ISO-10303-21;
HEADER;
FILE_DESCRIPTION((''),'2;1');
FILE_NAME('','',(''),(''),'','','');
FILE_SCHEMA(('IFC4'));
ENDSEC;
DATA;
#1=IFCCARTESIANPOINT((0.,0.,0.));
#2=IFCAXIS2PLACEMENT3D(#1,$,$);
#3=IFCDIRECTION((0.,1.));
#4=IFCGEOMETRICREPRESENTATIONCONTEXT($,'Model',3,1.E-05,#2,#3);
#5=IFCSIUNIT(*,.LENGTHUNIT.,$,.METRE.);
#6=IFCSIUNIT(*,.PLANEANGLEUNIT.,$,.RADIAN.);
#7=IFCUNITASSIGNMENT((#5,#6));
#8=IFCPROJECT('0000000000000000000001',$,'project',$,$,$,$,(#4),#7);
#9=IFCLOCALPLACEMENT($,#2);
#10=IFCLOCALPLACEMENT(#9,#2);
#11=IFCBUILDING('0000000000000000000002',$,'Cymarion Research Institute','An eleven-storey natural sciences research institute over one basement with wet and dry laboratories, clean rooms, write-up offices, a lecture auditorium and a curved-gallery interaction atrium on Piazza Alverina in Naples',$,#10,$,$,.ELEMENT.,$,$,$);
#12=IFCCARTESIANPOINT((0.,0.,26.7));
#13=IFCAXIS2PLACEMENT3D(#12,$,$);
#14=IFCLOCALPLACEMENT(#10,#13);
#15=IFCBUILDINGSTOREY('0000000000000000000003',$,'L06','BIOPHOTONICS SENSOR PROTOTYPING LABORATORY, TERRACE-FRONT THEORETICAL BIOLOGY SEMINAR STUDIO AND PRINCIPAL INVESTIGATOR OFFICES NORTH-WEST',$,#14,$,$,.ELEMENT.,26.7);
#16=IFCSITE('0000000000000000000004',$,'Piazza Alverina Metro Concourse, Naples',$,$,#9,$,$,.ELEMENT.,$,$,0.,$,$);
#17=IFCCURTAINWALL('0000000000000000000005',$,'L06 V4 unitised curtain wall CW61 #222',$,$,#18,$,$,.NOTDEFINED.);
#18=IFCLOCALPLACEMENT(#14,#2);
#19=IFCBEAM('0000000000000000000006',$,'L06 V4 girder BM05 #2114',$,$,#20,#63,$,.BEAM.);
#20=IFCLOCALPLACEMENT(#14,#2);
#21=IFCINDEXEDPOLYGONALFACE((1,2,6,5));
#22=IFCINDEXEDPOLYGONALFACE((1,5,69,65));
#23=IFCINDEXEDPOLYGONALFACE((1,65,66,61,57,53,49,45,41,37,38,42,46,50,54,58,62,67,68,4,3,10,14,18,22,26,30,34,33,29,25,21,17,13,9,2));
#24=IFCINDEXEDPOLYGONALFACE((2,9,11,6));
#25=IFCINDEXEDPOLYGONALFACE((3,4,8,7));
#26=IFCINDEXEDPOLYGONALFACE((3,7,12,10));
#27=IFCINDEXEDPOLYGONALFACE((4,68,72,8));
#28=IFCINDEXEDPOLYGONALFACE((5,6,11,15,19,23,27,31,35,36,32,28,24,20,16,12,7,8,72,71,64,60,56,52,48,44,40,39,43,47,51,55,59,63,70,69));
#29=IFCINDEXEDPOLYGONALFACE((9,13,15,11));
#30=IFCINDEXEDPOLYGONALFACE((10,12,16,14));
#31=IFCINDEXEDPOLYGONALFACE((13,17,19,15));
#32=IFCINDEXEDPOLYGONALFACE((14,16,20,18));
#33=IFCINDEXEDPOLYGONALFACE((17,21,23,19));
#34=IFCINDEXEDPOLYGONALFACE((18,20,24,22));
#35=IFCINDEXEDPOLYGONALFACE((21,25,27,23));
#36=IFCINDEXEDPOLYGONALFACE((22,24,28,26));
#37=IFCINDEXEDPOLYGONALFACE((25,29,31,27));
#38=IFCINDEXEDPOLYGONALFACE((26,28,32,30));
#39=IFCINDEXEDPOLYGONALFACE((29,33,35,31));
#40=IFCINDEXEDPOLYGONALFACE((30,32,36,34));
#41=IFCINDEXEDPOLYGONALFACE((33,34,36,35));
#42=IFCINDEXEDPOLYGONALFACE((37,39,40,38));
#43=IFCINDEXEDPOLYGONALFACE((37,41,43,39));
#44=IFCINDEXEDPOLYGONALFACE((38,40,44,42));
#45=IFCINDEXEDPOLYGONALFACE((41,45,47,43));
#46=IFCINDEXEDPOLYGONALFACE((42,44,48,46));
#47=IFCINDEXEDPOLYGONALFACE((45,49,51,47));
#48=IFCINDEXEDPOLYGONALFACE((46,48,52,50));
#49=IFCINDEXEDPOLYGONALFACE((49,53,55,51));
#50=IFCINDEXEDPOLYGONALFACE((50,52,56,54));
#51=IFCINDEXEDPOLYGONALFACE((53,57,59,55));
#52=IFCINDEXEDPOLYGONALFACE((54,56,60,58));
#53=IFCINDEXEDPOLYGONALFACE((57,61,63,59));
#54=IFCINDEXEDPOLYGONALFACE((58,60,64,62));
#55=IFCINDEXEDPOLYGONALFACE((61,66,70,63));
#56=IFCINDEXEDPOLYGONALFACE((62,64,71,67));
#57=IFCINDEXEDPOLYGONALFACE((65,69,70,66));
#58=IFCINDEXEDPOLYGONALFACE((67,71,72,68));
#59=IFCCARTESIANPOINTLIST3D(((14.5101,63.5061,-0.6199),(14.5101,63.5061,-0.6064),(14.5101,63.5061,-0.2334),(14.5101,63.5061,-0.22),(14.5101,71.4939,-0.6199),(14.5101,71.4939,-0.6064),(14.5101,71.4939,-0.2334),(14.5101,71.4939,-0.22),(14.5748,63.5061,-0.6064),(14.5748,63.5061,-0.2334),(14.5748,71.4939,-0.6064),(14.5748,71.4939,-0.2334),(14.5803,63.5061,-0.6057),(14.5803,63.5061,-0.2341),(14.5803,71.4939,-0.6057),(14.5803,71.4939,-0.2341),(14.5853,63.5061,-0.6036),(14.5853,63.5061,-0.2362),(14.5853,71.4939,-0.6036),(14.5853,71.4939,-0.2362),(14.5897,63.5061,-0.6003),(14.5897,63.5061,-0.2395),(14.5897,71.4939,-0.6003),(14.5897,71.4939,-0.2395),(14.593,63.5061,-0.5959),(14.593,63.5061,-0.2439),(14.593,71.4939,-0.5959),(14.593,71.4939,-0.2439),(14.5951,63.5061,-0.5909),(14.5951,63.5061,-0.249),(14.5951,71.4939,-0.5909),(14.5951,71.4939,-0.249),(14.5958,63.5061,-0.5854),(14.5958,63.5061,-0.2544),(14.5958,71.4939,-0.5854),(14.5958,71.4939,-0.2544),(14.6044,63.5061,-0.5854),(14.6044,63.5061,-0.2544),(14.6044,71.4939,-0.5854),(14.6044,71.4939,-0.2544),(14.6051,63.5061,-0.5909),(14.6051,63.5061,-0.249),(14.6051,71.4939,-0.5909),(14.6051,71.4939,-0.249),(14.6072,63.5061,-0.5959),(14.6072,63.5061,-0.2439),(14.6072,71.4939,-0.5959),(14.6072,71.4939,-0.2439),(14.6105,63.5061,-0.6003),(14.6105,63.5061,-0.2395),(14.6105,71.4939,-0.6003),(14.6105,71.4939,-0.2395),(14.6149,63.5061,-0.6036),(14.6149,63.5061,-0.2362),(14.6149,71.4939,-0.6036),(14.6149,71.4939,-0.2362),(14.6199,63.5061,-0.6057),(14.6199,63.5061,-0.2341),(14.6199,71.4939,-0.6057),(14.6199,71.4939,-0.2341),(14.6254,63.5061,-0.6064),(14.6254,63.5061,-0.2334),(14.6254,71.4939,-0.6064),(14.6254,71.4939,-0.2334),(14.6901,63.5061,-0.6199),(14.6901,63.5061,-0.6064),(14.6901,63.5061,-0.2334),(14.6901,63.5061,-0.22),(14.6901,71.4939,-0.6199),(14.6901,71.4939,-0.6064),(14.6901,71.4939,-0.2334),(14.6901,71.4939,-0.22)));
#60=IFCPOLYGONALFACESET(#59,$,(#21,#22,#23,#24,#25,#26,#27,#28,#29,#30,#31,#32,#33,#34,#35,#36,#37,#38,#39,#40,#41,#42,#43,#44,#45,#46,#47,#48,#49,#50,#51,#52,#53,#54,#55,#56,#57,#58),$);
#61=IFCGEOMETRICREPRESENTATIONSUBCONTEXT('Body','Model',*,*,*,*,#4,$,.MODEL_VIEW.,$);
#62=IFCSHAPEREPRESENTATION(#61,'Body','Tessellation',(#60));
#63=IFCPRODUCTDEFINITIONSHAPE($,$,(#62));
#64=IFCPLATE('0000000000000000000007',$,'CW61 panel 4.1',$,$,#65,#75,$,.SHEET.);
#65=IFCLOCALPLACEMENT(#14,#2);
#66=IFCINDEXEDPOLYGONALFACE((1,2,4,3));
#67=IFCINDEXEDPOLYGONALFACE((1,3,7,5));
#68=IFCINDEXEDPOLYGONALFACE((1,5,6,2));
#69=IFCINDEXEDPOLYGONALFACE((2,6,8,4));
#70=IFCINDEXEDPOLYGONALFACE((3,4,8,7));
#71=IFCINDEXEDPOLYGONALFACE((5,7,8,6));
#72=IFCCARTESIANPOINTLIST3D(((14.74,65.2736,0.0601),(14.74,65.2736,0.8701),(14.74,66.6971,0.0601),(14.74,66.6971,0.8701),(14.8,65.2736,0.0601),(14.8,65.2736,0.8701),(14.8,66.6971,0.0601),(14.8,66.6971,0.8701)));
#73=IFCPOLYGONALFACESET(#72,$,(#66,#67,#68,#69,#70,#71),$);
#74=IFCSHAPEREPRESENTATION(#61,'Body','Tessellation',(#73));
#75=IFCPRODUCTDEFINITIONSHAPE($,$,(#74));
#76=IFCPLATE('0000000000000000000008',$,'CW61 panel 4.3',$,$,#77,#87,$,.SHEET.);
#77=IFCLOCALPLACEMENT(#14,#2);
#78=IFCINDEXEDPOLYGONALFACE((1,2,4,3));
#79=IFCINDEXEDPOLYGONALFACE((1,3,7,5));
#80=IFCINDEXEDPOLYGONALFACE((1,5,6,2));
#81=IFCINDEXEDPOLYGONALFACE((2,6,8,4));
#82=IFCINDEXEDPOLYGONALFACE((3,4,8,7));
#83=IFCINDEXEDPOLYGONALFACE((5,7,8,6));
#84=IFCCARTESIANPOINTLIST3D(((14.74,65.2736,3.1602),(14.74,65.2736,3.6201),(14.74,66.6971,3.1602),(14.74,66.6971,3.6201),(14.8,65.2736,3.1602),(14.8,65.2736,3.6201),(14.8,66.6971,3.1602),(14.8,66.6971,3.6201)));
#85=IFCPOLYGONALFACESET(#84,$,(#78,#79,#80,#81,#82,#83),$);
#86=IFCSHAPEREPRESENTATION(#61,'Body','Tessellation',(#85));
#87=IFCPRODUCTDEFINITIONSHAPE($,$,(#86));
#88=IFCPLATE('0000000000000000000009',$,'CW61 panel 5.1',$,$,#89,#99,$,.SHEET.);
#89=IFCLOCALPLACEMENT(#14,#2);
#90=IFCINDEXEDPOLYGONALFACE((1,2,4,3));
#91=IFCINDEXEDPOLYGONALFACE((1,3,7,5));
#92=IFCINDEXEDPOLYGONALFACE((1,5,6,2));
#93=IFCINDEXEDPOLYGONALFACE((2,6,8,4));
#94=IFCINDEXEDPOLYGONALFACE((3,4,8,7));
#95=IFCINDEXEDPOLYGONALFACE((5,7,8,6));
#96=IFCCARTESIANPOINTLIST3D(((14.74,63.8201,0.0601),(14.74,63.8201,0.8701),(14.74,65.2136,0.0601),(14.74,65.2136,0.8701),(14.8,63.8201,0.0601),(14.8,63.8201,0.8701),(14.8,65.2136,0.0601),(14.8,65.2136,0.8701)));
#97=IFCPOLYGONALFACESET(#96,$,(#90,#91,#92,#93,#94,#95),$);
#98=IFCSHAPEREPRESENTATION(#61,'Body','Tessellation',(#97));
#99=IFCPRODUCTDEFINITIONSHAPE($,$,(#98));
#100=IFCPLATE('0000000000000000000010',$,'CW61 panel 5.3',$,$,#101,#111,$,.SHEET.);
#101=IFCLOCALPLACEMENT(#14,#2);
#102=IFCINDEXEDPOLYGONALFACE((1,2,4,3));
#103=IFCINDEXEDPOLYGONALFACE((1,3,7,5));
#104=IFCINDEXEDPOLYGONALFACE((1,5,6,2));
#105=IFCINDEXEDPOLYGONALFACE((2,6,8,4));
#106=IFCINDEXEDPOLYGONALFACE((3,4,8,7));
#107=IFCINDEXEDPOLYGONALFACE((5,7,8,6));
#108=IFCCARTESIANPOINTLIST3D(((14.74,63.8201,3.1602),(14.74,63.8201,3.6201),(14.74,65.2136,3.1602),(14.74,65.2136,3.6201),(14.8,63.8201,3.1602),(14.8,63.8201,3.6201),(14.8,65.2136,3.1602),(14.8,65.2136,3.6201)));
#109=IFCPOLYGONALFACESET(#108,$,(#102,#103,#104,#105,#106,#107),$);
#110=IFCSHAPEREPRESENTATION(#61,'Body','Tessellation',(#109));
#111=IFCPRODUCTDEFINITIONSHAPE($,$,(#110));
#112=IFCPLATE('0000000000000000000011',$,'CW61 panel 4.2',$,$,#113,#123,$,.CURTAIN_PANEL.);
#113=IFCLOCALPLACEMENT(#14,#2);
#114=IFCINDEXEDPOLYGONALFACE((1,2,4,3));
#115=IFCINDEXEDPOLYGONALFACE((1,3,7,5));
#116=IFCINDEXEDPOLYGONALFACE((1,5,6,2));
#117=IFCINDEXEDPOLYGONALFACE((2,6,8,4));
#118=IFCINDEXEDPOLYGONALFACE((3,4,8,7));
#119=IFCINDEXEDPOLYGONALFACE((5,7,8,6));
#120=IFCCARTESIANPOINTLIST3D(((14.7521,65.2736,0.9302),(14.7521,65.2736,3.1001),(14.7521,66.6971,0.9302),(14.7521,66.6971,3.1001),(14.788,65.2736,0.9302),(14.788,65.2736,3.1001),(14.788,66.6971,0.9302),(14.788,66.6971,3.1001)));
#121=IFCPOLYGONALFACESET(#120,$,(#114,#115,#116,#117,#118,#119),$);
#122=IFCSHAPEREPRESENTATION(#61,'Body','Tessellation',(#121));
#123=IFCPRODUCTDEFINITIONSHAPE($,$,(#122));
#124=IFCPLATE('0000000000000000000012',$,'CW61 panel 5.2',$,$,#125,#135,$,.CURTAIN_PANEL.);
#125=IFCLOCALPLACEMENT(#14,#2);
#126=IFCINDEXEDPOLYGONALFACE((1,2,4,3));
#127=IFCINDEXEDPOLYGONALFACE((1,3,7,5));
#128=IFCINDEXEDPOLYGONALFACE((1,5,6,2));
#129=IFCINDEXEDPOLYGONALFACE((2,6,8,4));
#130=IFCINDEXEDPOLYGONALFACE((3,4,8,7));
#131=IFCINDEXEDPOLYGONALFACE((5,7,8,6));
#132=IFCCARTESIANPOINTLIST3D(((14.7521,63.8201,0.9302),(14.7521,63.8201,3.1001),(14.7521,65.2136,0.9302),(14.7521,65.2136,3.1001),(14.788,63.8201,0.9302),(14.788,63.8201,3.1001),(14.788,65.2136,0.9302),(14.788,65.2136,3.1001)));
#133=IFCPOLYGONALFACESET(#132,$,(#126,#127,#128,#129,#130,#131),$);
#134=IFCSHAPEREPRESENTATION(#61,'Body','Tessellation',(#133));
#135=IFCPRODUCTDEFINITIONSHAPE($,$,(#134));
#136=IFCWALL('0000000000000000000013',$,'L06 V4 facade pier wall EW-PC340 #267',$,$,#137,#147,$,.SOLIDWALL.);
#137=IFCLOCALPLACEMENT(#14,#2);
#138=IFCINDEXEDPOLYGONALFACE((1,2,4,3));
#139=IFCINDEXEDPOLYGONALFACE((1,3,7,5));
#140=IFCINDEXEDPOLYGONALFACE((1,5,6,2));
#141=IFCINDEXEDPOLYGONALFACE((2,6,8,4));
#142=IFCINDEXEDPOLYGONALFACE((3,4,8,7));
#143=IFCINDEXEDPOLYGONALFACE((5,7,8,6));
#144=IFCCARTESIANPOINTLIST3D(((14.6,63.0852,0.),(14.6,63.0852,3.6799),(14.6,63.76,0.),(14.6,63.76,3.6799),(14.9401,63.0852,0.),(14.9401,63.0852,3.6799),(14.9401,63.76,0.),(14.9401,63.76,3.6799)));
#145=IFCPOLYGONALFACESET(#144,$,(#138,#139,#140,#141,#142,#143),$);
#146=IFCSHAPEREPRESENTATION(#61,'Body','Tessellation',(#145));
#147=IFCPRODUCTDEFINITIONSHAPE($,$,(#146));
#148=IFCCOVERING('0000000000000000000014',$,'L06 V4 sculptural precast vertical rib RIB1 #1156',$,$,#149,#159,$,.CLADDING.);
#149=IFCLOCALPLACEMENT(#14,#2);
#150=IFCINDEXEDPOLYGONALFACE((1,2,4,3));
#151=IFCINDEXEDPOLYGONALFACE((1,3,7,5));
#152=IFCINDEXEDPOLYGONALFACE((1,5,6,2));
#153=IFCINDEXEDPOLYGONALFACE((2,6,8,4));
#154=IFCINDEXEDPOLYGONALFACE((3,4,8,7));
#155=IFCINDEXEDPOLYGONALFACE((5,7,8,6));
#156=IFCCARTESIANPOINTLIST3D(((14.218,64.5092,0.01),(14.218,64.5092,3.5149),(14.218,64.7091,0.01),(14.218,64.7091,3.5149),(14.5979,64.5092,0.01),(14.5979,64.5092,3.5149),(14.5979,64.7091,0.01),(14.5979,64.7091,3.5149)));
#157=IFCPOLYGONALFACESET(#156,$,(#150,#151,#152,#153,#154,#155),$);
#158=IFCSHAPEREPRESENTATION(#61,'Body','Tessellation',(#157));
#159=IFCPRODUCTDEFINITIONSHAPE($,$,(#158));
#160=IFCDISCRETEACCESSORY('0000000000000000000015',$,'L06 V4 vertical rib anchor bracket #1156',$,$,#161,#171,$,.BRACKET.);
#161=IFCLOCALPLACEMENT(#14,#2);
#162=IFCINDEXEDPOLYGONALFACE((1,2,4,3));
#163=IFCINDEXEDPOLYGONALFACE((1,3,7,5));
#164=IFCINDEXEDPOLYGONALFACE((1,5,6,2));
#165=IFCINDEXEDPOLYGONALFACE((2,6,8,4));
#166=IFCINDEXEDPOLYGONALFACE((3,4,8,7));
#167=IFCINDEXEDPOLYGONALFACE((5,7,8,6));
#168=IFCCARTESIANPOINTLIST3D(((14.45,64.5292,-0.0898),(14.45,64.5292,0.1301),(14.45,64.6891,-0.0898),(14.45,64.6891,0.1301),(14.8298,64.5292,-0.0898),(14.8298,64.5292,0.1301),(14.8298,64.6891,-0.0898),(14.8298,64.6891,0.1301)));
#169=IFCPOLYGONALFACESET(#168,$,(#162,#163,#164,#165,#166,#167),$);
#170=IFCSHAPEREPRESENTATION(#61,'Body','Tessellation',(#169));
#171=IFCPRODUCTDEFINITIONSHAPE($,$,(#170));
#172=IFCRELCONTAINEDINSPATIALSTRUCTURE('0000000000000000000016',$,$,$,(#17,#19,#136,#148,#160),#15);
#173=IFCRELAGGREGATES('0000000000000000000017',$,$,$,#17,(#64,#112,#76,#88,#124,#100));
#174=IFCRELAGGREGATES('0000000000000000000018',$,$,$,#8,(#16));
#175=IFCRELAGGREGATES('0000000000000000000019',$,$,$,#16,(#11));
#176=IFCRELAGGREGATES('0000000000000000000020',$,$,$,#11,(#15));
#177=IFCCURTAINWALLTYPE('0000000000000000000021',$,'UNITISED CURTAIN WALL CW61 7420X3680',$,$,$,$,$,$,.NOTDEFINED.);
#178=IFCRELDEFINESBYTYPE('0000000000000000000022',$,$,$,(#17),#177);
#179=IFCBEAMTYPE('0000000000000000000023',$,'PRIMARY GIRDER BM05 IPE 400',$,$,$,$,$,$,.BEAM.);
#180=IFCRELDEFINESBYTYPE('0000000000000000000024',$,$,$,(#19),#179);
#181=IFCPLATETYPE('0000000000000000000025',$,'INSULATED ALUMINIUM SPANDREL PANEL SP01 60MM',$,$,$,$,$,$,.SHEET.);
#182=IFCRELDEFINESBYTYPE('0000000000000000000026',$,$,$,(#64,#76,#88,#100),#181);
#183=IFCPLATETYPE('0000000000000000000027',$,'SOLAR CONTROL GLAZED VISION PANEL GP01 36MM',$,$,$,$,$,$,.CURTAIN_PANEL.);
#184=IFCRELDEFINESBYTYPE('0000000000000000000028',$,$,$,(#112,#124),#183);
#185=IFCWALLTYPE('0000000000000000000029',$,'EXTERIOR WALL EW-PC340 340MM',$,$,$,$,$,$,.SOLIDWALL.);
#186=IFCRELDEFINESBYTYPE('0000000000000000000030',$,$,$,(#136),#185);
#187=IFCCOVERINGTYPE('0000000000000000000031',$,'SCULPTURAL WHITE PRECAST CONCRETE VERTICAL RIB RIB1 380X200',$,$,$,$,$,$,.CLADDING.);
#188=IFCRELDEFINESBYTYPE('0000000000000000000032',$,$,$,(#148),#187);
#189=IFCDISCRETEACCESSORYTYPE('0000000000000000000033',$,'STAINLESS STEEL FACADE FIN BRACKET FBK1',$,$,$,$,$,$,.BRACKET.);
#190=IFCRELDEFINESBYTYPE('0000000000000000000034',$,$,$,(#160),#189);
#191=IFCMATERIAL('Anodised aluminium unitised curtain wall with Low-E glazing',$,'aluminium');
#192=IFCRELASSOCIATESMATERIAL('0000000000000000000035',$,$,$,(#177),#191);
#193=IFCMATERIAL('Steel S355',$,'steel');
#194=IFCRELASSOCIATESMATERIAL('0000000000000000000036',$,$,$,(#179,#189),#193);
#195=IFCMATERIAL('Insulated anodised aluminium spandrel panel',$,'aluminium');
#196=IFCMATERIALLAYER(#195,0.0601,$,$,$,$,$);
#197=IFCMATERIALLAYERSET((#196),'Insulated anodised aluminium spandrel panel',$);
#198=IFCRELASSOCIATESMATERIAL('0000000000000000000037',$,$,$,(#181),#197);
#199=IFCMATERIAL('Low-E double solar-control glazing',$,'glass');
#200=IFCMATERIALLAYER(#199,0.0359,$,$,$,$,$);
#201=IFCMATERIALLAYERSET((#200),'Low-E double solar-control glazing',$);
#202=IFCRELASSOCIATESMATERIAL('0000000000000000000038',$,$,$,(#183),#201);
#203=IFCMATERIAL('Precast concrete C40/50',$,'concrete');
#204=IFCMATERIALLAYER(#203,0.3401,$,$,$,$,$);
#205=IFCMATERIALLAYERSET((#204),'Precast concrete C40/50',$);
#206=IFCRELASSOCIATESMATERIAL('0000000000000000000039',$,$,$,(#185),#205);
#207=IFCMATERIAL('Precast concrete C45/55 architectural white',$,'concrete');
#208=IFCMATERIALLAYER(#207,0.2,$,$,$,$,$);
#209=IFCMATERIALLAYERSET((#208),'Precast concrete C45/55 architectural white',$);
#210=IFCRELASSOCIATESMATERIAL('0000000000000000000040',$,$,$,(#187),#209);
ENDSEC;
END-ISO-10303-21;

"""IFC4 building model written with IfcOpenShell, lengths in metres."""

from ifc_helpers import new_model, si_unit, direction, frame, frame_2d, origin, origin_2d, place, context, subcontext, project, spatial, rectangle, i_section, extrude, material, layer, layer_set, material_profile, profile_set, type_object, element, aggregate, save


model = new_model("IFC4")

# Units and contexts
model_context = context("Model", 3, precision=1e-05, world=origin(), true_north=direction((0.0, 1.0)))
body_context = subcontext(model_context, "Body", "Model", "MODEL_VIEW")
ifc_project = project(units=[si_unit("LENGTHUNIT", "METRE"), si_unit("PLANEANGLEUNIT", "RADIAN")], contexts=[model_context])

# Site, building, storey
site_placement = place(None, origin())
site = spatial("IfcSite", under=ifc_project, at=site_placement, Name="Piazza Alverina Metro Concourse, Naples", CompositionType="ELEMENT", RefElevation=0.0)
building_placement = place(site_placement, origin())
building = spatial("IfcBuilding", under=site, at=building_placement, Name="Cymarion Research Institute", Description="An eleven-storey natural sciences research institute over one basement with wet and dry laboratories, clean rooms, write-up offices, a lecture auditorium and a curved-gallery interaction atrium on Piazza Alverina in Naples", CompositionType="ELEMENT")
storey_placement = place(building_placement, frame((0.0, 0.0, 26.7)))
storey = spatial("IfcBuildingStorey", under=building, at=storey_placement, Name="L06", Description="BIOPHOTONICS SENSOR PROTOTYPING LABORATORY, TERRACE-FRONT THEORETICAL BIOLOGY SEMINAR STUDIO AND PRINCIPAL INVESTIGATOR OFFICES NORTH-WEST", CompositionType="ELEMENT", Elevation=26.7)

# Curtain wall
ifc_material_1 = material(Name="Anodised aluminium unitised curtain wall with Low-E glazing", Category="aluminium")
curtain_wall_type_1 = type_object("IfcCurtainWallType", Name="UNITISED CURTAIN WALL CW61 7420X3680", PredefinedType="NOTDEFINED", material=ifc_material_1)
curtain_wall_1_placement = place(storey_placement, origin())
curtain_wall_1 = element("IfcCurtainWall", 1, at=curtain_wall_1_placement, inside=storey, type_object=curtain_wall_type_1, Name="L06 V4 unitised curtain wall CW61 #222", PredefinedType="NOTDEFINED")

# Beam
ifc_material_2 = material(Name="Steel S355", Category="steel")
ifc_material_profile_1 = material_profile(ifc_material_2, i_section(OverallWidth=0.1799, OverallDepth=0.3999, WebThickness=0.0085, FlangeThickness=0.0134, FilletRadius=0.021, at=origin_2d()), Name="IPE 400")
ifc_profile_set_1 = profile_set([ifc_material_profile_1], Name="Steel S355")
beam_type = type_object("IfcBeamType", Name="PRIMARY GIRDER BM05 IPE 400", PredefinedType="BEAM", material=ifc_profile_set_1)
beam_1_placement = place(storey_placement, frame((14.6001, 63.5061, -0.4199), z_axis=(0.0, 1.0, 0.0), x_axis=(-1.0, 0.0, 0.0)))
element("IfcBeam", 2, at=beam_1_placement, inside=storey, type_object=beam_type, Name="L06 V4 girder BM05 #2114", PredefinedType="BEAM", context=body_context, shape_type="SweptSolid", body=[
    extrude(i_section(OverallWidth=0.1799, OverallDepth=0.3999, WebThickness=0.0085, FlangeThickness=0.0134, FilletRadius=0.021, at=origin_2d()), origin(), (0.0, 0.0, 1.0), 7.9878),
])

# Plates
ifc_material_3 = material(Name="Insulated anodised aluminium spandrel panel", Category="aluminium")
ifc_layer_1 = layer(ifc_material_3, 0.0601)
ifc_layer_set_1 = layer_set([ifc_layer_1], Name="Insulated anodised aluminium spandrel panel")
plate_type_1 = type_object("IfcPlateType", Name="INSULATED ALUMINIUM SPANDREL PANEL SP01 60MM", PredefinedType="SHEET", material=ifc_layer_set_1)
plate_1_placement = place(storey_placement, frame((14.77, 65.9854, 0.0601), z_axis=(0.0, 0.0, 1.0), x_axis=(0.0, -1.0, 0.0)))
plate_1 = element("IfcPlate", 3, at=plate_1_placement, type_object=plate_type_1, Name="CW61 panel 4.1", PredefinedType="SHEET", context=body_context, shape_type="SweptSolid", body=[
    extrude(rectangle(XDim=1.4236, YDim=0.0601, at=origin_2d()), origin(), (0.0, 0.0, 1.0), 0.8101),
])
plate_2_placement = place(storey_placement, frame((14.77, 65.9854, 3.1602), z_axis=(0.0, 0.0, 1.0), x_axis=(0.0, -1.0, 0.0)))
plate_2 = element("IfcPlate", 4, at=plate_2_placement, type_object=plate_type_1, Name="CW61 panel 4.3", PredefinedType="SHEET", context=body_context, shape_type="SweptSolid", body=[
    extrude(rectangle(XDim=1.4236, YDim=0.0601, at=origin_2d()), origin(), (0.0, 0.0, 1.0), 0.46),
])
plate_3_placement = place(storey_placement, frame((14.77, 64.5168, 0.0601), z_axis=(0.0, 0.0, 1.0), x_axis=(0.0, -1.0, 0.0)))
plate_3 = element("IfcPlate", 5, at=plate_3_placement, type_object=plate_type_1, Name="CW61 panel 5.1", PredefinedType="SHEET", context=body_context, shape_type="SweptSolid", body=[
    extrude(rectangle(XDim=1.3936, YDim=0.0601, at=origin_2d()), origin(), (0.0, 0.0, 1.0), 0.8101),
])
plate_4_placement = place(storey_placement, frame((14.77, 64.5168, 3.1602), z_axis=(0.0, 0.0, 1.0), x_axis=(0.0, -1.0, 0.0)))
plate_4 = element("IfcPlate", 6, at=plate_4_placement, type_object=plate_type_1, Name="CW61 panel 5.3", PredefinedType="SHEET", context=body_context, shape_type="SweptSolid", body=[
    extrude(rectangle(XDim=1.3936, YDim=0.0601, at=origin_2d()), origin(), (0.0, 0.0, 1.0), 0.46),
])
ifc_material_4 = material(Name="Low-E double solar-control glazing", Category="glass")
ifc_layer_2 = layer(ifc_material_4, 0.0359)
ifc_layer_set_2 = layer_set([ifc_layer_2], Name="Low-E double solar-control glazing")
plate_type_2 = type_object("IfcPlateType", Name="SOLAR CONTROL GLAZED VISION PANEL GP01 36MM", PredefinedType="CURTAIN_PANEL", material=ifc_layer_set_2)
plate_5_placement = place(storey_placement, frame((14.77, 65.9854, 0.9302), z_axis=(0.0, 0.0, 1.0), x_axis=(0.0, -1.0, 0.0)))
plate_5 = element("IfcPlate", 7, at=plate_5_placement, type_object=plate_type_2, Name="CW61 panel 4.2", PredefinedType="CURTAIN_PANEL", context=body_context, shape_type="SweptSolid", body=[
    extrude(rectangle(XDim=1.4236, YDim=0.0359, at=origin_2d()), origin(), (0.0, 0.0, 1.0), 2.1699),
])
plate_6_placement = place(storey_placement, frame((14.77, 64.5168, 0.9302), z_axis=(0.0, 0.0, 1.0), x_axis=(0.0, -1.0, 0.0)))
plate_6 = element("IfcPlate", 8, at=plate_6_placement, type_object=plate_type_2, Name="CW61 panel 5.2", PredefinedType="CURTAIN_PANEL", context=body_context, shape_type="SweptSolid", body=[
    extrude(rectangle(XDim=1.3936, YDim=0.0359, at=origin_2d()), origin(), (0.0, 0.0, 1.0), 2.1699),
])
aggregate(curtain_wall_1, [plate_1, plate_5, plate_2, plate_3, plate_6, plate_4])

# Wall
ifc_material_5 = material(Name="Precast concrete C40/50", Category="concrete")
ifc_layer_3 = layer(ifc_material_5, 0.3401)
ifc_layer_set_3 = layer_set([ifc_layer_3], Name="Precast concrete C40/50")
wall_type = type_object("IfcWallType", Name="EXTERIOR WALL EW-PC340 340MM", PredefinedType="SOLIDWALL", material=ifc_layer_set_3)
wall_placement = place(storey_placement, frame((14.77, 63.76, 0.0), z_axis=(0.0, 0.0, 1.0), x_axis=(0.0, -1.0, 0.0)))
element("IfcWall", 9, at=wall_placement, inside=storey, type_object=wall_type, Name="L06 V4 facade pier wall EW-PC340 #267", PredefinedType="SOLIDWALL", context=body_context, shape_type="SweptSolid", body=[
    extrude(rectangle(XDim=0.6748, YDim=0.3401, at=frame_2d((0.3374, 0.0))), origin(), (0.0, 0.0, 1.0), 3.6799),
])

# Covering
ifc_material_6 = material(Name="Precast concrete C45/55 architectural white", Category="concrete")
ifc_layer_4 = layer(ifc_material_6, 0.2)
ifc_layer_set_4 = layer_set([ifc_layer_4], Name="Precast concrete C45/55 architectural white")
covering_type = type_object("IfcCoveringType", Name="SCULPTURAL WHITE PRECAST CONCRETE VERTICAL RIB RIB1 380X200", PredefinedType="CLADDING", material=ifc_layer_set_4)
covering_placement = place(storey_placement, frame((14.408, 64.6091, 0.01), z_axis=(0.0, 0.0, 1.0), x_axis=(-1.0, 0.0, 0.0)))
element("IfcCovering", 10, at=covering_placement, inside=storey, type_object=covering_type, Name="L06 V4 sculptural precast vertical rib RIB1 #1156", PredefinedType="CLADDING", context=body_context, shape_type="SweptSolid", body=[
    extrude(rectangle(XDim=0.3799, YDim=0.2, at=origin_2d()), origin(), (0.0, 0.0, 1.0), 3.5049),
])

# Discrete accessory
discrete_accessory_type = type_object("IfcDiscreteAccessoryType", Name="STAINLESS STEEL FACADE FIN BRACKET FBK1", PredefinedType="BRACKET", material=ifc_material_2)
discrete_accessory_placement = place(storey_placement, frame((14.6399, 64.6091, -0.0898), z_axis=(0.0, 0.0, 1.0), x_axis=(-1.0, 0.0, 0.0)))
element("IfcDiscreteAccessory", 11, at=discrete_accessory_placement, inside=storey, type_object=discrete_accessory_type, Name="L06 V4 vertical rib anchor bracket #1156", PredefinedType="BRACKET", context=body_context, shape_type="SweptSolid", body=[
    extrude(rectangle(XDim=0.3799, YDim=0.1599, at=origin_2d()), origin(), (0.0, 0.0, 1.0), 0.22),
])

save(model, "model.ifc")
